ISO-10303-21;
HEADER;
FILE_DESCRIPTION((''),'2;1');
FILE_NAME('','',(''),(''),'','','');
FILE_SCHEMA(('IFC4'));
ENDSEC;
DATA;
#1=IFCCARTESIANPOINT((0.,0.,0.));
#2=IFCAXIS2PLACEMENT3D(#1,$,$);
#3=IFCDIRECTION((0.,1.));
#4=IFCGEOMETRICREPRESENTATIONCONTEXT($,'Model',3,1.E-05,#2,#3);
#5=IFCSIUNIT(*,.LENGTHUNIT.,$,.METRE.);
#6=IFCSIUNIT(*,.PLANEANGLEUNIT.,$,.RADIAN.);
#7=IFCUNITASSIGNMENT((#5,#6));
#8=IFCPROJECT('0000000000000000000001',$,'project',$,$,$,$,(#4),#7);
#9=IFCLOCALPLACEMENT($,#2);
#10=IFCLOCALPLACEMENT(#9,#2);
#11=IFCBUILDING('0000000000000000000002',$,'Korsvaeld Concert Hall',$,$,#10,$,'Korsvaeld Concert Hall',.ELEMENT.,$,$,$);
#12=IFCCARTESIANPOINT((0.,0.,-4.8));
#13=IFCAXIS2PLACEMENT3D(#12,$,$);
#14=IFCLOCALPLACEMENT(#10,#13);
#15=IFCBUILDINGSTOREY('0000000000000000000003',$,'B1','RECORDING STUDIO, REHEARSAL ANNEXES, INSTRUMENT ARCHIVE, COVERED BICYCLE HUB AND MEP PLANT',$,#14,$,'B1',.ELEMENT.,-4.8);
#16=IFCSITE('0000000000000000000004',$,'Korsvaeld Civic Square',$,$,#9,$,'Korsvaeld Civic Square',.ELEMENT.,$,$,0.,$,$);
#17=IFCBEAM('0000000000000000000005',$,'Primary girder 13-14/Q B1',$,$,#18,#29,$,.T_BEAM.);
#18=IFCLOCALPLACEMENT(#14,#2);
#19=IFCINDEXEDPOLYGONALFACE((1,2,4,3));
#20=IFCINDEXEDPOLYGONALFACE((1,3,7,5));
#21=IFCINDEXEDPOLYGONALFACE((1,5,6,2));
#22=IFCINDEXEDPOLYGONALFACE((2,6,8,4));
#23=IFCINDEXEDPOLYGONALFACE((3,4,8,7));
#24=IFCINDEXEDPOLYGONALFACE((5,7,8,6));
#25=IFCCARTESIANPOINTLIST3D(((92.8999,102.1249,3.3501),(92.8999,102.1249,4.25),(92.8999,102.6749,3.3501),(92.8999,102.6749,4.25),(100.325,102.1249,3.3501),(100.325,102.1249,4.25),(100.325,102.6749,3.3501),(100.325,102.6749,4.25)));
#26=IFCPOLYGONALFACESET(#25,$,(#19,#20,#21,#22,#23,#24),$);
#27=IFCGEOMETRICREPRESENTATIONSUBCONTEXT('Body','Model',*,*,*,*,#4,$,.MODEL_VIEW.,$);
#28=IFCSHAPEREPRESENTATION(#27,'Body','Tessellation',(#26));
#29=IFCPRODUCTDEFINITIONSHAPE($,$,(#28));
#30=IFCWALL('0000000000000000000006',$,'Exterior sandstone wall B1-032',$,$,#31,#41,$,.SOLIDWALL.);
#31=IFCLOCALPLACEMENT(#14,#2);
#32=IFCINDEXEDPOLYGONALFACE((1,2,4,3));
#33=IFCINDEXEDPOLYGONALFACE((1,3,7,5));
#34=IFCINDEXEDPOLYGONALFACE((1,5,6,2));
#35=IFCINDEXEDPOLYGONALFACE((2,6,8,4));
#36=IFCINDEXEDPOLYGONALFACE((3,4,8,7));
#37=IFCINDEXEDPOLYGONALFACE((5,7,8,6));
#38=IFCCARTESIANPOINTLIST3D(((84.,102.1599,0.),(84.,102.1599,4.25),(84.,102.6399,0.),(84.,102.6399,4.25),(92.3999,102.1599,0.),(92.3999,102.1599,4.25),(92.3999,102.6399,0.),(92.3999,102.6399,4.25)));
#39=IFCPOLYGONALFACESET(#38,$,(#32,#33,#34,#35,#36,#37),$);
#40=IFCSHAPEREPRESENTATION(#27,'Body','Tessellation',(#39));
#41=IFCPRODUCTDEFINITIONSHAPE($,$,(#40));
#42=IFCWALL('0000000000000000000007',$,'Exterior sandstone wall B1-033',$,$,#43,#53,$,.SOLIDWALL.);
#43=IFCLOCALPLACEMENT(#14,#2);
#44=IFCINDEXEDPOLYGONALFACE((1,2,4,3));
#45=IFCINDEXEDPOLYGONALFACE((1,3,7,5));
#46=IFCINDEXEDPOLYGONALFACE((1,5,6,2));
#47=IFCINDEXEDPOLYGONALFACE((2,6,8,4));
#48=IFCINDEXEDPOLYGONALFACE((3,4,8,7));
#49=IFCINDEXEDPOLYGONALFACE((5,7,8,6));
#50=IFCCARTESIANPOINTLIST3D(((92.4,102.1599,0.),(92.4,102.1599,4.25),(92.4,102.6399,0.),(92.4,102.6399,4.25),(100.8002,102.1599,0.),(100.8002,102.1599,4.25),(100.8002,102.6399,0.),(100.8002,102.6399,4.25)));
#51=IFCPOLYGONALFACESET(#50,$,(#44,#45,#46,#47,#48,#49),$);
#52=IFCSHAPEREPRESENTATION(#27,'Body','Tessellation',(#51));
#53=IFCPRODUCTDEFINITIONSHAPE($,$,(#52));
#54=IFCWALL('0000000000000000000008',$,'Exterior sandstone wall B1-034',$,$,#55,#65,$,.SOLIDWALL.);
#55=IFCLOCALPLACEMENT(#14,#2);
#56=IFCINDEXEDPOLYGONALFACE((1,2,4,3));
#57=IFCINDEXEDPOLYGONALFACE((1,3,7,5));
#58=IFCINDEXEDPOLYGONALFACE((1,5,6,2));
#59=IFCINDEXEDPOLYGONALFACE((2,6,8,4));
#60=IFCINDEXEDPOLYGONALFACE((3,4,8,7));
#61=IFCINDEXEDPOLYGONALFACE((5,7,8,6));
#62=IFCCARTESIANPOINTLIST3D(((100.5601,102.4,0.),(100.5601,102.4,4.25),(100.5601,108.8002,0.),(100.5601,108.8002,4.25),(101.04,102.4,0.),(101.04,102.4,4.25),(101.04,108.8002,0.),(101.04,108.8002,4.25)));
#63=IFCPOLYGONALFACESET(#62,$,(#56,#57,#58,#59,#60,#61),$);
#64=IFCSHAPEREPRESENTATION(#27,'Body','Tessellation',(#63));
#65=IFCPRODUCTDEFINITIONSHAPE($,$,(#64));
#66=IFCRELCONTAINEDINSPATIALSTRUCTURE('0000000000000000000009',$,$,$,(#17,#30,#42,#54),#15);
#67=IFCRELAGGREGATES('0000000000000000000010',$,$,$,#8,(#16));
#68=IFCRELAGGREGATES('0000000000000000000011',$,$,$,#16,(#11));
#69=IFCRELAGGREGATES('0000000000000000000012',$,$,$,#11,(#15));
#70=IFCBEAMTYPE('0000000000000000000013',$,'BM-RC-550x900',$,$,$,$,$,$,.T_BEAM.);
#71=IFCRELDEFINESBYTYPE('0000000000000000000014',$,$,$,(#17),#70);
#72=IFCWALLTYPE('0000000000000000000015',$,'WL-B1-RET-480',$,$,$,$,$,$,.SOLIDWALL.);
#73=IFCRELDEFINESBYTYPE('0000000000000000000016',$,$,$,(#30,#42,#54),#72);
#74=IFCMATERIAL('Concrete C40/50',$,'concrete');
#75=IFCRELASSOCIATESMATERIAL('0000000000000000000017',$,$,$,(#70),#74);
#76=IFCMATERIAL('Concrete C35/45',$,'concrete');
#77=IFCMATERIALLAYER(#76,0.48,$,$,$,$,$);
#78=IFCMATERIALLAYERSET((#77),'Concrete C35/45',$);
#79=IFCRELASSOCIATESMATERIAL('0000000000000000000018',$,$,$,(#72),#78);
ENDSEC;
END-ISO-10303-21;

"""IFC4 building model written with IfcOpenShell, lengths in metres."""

from ifc_helpers import new_model, si_unit, direction, frame, frame_2d, origin, origin_2d, place, context, subcontext, project, spatial, rectangle, extrude, material, layer, layer_set, material_profile, profile_set, type_object, element, save


model = new_model("IFC4")

# Units and contexts
model_context = context("Model", 3, precision=1e-05, world=origin(), true_north=direction((0.0, 1.0)))
body_context = subcontext(model_context, "Body", "Model", "MODEL_VIEW")
ifc_project = project(units=[si_unit("LENGTHUNIT", "METRE"), si_unit("PLANEANGLEUNIT", "RADIAN")], contexts=[model_context])

# Site, building, storey
site_placement = place(None, origin())
site = spatial("IfcSite", under=ifc_project, at=site_placement, Name="Korsvaeld Civic Square", LongName="Korsvaeld Civic Square", CompositionType="ELEMENT", RefElevation=0.0)
building_placement = place(site_placement, origin())
building = spatial("IfcBuilding", under=site, at=building_placement, Name="Korsvaeld Concert Hall", LongName="Korsvaeld Concert Hall", CompositionType="ELEMENT")
storey_placement = place(building_placement, frame((0.0, 0.0, -4.8)))
storey = spatial("IfcBuildingStorey", under=building, at=storey_placement, Name="B1", Description="RECORDING STUDIO, REHEARSAL ANNEXES, INSTRUMENT ARCHIVE, COVERED BICYCLE HUB AND MEP PLANT", LongName="B1", CompositionType="ELEMENT", Elevation=-4.8)

# Shared definitions
ifc_material_1 = material(Name="Concrete C35/45", Category="concrete")

# Shared definitions
ifc_material_2 = material(Name="Concrete C40/50", Category="concrete")

# Beam
ifc_material_profile_1 = material_profile(ifc_material_2, rectangle(XDim=0.55, YDim=0.8999, at=origin_2d()), Name="RC 550x900")
ifc_profile_set_1 = profile_set([ifc_material_profile_1], Name="Concrete C40/50")
beam_type_1 = type_object("IfcBeamType", Name="BM-RC-550x900", PredefinedType="T_BEAM", material=ifc_profile_set_1)
beam_1_placement = place(storey_placement, frame((92.8999, 102.3999, 3.8), z_axis=(1.0, 0.0, 0.0), x_axis=(0.0, 1.0, 0.0)))
element("IfcBeam", 1, at=beam_1_placement, inside=storey, type_object=beam_type_1, Name="Primary girder 13-14/Q B1", PredefinedType="T_BEAM", context=body_context, shape_type="SweptSolid", body=[
    extrude(rectangle(XDim=0.55, YDim=0.8999, at=origin_2d()), origin(), (0.0, 0.0, 1.0), 7.425),
])

# Walls
ifc_layer = layer(ifc_material_1, 0.48)
ifc_layer_set = layer_set([ifc_layer], Name="Concrete C35/45")
wall_type = type_object("IfcWallType", Name="WL-B1-RET-480", PredefinedType="SOLIDWALL", material=ifc_layer_set)
wall_1_placement = place(storey_placement, frame((84.0, 102.3999, 0.0), z_axis=(0.0, 0.0, 1.0), x_axis=(1.0, 0.0, 0.0)))
element("IfcWall", 2, at=wall_1_placement, inside=storey, type_object=wall_type, Name="Exterior sandstone wall B1-032", PredefinedType="SOLIDWALL", context=body_context, shape_type="SweptSolid", body=[
    extrude(rectangle(XDim=8.3999, YDim=0.48, at=frame_2d((4.2, 0.0))), origin(), (0.0, 0.0, 1.0), 4.25),
])
wall_2_placement = place(storey_placement, frame((92.3999, 102.3999, 0.0), z_axis=(0.0, 0.0, 1.0), x_axis=(1.0, 0.0, 0.0)))
element("IfcWall", 3, at=wall_2_placement, inside=storey, type_object=wall_type, Name="Exterior sandstone wall B1-033", PredefinedType="SOLIDWALL", context=body_context, shape_type="SweptSolid", body=[
    extrude(rectangle(XDim=8.4001, YDim=0.48, at=frame_2d((4.2002, 0.0))), origin(), (0.0, 0.0, 1.0), 4.25),
])
wall_3_placement = place(storey_placement, frame((100.8, 102.3999, 0.0), z_axis=(0.0, 0.0, 1.0), x_axis=(0.0, 1.0, 0.0)))
element("IfcWall", 4, at=wall_3_placement, inside=storey, type_object=wall_type, Name="Exterior sandstone wall B1-034", PredefinedType="SOLIDWALL", context=body_context, shape_type="SweptSolid", body=[
    extrude(rectangle(XDim=6.4001, YDim=0.48, at=frame_2d((3.2002, 0.0))), origin(), (0.0, 0.0, 1.0), 4.25),
])

save(model, "model.ifc")
